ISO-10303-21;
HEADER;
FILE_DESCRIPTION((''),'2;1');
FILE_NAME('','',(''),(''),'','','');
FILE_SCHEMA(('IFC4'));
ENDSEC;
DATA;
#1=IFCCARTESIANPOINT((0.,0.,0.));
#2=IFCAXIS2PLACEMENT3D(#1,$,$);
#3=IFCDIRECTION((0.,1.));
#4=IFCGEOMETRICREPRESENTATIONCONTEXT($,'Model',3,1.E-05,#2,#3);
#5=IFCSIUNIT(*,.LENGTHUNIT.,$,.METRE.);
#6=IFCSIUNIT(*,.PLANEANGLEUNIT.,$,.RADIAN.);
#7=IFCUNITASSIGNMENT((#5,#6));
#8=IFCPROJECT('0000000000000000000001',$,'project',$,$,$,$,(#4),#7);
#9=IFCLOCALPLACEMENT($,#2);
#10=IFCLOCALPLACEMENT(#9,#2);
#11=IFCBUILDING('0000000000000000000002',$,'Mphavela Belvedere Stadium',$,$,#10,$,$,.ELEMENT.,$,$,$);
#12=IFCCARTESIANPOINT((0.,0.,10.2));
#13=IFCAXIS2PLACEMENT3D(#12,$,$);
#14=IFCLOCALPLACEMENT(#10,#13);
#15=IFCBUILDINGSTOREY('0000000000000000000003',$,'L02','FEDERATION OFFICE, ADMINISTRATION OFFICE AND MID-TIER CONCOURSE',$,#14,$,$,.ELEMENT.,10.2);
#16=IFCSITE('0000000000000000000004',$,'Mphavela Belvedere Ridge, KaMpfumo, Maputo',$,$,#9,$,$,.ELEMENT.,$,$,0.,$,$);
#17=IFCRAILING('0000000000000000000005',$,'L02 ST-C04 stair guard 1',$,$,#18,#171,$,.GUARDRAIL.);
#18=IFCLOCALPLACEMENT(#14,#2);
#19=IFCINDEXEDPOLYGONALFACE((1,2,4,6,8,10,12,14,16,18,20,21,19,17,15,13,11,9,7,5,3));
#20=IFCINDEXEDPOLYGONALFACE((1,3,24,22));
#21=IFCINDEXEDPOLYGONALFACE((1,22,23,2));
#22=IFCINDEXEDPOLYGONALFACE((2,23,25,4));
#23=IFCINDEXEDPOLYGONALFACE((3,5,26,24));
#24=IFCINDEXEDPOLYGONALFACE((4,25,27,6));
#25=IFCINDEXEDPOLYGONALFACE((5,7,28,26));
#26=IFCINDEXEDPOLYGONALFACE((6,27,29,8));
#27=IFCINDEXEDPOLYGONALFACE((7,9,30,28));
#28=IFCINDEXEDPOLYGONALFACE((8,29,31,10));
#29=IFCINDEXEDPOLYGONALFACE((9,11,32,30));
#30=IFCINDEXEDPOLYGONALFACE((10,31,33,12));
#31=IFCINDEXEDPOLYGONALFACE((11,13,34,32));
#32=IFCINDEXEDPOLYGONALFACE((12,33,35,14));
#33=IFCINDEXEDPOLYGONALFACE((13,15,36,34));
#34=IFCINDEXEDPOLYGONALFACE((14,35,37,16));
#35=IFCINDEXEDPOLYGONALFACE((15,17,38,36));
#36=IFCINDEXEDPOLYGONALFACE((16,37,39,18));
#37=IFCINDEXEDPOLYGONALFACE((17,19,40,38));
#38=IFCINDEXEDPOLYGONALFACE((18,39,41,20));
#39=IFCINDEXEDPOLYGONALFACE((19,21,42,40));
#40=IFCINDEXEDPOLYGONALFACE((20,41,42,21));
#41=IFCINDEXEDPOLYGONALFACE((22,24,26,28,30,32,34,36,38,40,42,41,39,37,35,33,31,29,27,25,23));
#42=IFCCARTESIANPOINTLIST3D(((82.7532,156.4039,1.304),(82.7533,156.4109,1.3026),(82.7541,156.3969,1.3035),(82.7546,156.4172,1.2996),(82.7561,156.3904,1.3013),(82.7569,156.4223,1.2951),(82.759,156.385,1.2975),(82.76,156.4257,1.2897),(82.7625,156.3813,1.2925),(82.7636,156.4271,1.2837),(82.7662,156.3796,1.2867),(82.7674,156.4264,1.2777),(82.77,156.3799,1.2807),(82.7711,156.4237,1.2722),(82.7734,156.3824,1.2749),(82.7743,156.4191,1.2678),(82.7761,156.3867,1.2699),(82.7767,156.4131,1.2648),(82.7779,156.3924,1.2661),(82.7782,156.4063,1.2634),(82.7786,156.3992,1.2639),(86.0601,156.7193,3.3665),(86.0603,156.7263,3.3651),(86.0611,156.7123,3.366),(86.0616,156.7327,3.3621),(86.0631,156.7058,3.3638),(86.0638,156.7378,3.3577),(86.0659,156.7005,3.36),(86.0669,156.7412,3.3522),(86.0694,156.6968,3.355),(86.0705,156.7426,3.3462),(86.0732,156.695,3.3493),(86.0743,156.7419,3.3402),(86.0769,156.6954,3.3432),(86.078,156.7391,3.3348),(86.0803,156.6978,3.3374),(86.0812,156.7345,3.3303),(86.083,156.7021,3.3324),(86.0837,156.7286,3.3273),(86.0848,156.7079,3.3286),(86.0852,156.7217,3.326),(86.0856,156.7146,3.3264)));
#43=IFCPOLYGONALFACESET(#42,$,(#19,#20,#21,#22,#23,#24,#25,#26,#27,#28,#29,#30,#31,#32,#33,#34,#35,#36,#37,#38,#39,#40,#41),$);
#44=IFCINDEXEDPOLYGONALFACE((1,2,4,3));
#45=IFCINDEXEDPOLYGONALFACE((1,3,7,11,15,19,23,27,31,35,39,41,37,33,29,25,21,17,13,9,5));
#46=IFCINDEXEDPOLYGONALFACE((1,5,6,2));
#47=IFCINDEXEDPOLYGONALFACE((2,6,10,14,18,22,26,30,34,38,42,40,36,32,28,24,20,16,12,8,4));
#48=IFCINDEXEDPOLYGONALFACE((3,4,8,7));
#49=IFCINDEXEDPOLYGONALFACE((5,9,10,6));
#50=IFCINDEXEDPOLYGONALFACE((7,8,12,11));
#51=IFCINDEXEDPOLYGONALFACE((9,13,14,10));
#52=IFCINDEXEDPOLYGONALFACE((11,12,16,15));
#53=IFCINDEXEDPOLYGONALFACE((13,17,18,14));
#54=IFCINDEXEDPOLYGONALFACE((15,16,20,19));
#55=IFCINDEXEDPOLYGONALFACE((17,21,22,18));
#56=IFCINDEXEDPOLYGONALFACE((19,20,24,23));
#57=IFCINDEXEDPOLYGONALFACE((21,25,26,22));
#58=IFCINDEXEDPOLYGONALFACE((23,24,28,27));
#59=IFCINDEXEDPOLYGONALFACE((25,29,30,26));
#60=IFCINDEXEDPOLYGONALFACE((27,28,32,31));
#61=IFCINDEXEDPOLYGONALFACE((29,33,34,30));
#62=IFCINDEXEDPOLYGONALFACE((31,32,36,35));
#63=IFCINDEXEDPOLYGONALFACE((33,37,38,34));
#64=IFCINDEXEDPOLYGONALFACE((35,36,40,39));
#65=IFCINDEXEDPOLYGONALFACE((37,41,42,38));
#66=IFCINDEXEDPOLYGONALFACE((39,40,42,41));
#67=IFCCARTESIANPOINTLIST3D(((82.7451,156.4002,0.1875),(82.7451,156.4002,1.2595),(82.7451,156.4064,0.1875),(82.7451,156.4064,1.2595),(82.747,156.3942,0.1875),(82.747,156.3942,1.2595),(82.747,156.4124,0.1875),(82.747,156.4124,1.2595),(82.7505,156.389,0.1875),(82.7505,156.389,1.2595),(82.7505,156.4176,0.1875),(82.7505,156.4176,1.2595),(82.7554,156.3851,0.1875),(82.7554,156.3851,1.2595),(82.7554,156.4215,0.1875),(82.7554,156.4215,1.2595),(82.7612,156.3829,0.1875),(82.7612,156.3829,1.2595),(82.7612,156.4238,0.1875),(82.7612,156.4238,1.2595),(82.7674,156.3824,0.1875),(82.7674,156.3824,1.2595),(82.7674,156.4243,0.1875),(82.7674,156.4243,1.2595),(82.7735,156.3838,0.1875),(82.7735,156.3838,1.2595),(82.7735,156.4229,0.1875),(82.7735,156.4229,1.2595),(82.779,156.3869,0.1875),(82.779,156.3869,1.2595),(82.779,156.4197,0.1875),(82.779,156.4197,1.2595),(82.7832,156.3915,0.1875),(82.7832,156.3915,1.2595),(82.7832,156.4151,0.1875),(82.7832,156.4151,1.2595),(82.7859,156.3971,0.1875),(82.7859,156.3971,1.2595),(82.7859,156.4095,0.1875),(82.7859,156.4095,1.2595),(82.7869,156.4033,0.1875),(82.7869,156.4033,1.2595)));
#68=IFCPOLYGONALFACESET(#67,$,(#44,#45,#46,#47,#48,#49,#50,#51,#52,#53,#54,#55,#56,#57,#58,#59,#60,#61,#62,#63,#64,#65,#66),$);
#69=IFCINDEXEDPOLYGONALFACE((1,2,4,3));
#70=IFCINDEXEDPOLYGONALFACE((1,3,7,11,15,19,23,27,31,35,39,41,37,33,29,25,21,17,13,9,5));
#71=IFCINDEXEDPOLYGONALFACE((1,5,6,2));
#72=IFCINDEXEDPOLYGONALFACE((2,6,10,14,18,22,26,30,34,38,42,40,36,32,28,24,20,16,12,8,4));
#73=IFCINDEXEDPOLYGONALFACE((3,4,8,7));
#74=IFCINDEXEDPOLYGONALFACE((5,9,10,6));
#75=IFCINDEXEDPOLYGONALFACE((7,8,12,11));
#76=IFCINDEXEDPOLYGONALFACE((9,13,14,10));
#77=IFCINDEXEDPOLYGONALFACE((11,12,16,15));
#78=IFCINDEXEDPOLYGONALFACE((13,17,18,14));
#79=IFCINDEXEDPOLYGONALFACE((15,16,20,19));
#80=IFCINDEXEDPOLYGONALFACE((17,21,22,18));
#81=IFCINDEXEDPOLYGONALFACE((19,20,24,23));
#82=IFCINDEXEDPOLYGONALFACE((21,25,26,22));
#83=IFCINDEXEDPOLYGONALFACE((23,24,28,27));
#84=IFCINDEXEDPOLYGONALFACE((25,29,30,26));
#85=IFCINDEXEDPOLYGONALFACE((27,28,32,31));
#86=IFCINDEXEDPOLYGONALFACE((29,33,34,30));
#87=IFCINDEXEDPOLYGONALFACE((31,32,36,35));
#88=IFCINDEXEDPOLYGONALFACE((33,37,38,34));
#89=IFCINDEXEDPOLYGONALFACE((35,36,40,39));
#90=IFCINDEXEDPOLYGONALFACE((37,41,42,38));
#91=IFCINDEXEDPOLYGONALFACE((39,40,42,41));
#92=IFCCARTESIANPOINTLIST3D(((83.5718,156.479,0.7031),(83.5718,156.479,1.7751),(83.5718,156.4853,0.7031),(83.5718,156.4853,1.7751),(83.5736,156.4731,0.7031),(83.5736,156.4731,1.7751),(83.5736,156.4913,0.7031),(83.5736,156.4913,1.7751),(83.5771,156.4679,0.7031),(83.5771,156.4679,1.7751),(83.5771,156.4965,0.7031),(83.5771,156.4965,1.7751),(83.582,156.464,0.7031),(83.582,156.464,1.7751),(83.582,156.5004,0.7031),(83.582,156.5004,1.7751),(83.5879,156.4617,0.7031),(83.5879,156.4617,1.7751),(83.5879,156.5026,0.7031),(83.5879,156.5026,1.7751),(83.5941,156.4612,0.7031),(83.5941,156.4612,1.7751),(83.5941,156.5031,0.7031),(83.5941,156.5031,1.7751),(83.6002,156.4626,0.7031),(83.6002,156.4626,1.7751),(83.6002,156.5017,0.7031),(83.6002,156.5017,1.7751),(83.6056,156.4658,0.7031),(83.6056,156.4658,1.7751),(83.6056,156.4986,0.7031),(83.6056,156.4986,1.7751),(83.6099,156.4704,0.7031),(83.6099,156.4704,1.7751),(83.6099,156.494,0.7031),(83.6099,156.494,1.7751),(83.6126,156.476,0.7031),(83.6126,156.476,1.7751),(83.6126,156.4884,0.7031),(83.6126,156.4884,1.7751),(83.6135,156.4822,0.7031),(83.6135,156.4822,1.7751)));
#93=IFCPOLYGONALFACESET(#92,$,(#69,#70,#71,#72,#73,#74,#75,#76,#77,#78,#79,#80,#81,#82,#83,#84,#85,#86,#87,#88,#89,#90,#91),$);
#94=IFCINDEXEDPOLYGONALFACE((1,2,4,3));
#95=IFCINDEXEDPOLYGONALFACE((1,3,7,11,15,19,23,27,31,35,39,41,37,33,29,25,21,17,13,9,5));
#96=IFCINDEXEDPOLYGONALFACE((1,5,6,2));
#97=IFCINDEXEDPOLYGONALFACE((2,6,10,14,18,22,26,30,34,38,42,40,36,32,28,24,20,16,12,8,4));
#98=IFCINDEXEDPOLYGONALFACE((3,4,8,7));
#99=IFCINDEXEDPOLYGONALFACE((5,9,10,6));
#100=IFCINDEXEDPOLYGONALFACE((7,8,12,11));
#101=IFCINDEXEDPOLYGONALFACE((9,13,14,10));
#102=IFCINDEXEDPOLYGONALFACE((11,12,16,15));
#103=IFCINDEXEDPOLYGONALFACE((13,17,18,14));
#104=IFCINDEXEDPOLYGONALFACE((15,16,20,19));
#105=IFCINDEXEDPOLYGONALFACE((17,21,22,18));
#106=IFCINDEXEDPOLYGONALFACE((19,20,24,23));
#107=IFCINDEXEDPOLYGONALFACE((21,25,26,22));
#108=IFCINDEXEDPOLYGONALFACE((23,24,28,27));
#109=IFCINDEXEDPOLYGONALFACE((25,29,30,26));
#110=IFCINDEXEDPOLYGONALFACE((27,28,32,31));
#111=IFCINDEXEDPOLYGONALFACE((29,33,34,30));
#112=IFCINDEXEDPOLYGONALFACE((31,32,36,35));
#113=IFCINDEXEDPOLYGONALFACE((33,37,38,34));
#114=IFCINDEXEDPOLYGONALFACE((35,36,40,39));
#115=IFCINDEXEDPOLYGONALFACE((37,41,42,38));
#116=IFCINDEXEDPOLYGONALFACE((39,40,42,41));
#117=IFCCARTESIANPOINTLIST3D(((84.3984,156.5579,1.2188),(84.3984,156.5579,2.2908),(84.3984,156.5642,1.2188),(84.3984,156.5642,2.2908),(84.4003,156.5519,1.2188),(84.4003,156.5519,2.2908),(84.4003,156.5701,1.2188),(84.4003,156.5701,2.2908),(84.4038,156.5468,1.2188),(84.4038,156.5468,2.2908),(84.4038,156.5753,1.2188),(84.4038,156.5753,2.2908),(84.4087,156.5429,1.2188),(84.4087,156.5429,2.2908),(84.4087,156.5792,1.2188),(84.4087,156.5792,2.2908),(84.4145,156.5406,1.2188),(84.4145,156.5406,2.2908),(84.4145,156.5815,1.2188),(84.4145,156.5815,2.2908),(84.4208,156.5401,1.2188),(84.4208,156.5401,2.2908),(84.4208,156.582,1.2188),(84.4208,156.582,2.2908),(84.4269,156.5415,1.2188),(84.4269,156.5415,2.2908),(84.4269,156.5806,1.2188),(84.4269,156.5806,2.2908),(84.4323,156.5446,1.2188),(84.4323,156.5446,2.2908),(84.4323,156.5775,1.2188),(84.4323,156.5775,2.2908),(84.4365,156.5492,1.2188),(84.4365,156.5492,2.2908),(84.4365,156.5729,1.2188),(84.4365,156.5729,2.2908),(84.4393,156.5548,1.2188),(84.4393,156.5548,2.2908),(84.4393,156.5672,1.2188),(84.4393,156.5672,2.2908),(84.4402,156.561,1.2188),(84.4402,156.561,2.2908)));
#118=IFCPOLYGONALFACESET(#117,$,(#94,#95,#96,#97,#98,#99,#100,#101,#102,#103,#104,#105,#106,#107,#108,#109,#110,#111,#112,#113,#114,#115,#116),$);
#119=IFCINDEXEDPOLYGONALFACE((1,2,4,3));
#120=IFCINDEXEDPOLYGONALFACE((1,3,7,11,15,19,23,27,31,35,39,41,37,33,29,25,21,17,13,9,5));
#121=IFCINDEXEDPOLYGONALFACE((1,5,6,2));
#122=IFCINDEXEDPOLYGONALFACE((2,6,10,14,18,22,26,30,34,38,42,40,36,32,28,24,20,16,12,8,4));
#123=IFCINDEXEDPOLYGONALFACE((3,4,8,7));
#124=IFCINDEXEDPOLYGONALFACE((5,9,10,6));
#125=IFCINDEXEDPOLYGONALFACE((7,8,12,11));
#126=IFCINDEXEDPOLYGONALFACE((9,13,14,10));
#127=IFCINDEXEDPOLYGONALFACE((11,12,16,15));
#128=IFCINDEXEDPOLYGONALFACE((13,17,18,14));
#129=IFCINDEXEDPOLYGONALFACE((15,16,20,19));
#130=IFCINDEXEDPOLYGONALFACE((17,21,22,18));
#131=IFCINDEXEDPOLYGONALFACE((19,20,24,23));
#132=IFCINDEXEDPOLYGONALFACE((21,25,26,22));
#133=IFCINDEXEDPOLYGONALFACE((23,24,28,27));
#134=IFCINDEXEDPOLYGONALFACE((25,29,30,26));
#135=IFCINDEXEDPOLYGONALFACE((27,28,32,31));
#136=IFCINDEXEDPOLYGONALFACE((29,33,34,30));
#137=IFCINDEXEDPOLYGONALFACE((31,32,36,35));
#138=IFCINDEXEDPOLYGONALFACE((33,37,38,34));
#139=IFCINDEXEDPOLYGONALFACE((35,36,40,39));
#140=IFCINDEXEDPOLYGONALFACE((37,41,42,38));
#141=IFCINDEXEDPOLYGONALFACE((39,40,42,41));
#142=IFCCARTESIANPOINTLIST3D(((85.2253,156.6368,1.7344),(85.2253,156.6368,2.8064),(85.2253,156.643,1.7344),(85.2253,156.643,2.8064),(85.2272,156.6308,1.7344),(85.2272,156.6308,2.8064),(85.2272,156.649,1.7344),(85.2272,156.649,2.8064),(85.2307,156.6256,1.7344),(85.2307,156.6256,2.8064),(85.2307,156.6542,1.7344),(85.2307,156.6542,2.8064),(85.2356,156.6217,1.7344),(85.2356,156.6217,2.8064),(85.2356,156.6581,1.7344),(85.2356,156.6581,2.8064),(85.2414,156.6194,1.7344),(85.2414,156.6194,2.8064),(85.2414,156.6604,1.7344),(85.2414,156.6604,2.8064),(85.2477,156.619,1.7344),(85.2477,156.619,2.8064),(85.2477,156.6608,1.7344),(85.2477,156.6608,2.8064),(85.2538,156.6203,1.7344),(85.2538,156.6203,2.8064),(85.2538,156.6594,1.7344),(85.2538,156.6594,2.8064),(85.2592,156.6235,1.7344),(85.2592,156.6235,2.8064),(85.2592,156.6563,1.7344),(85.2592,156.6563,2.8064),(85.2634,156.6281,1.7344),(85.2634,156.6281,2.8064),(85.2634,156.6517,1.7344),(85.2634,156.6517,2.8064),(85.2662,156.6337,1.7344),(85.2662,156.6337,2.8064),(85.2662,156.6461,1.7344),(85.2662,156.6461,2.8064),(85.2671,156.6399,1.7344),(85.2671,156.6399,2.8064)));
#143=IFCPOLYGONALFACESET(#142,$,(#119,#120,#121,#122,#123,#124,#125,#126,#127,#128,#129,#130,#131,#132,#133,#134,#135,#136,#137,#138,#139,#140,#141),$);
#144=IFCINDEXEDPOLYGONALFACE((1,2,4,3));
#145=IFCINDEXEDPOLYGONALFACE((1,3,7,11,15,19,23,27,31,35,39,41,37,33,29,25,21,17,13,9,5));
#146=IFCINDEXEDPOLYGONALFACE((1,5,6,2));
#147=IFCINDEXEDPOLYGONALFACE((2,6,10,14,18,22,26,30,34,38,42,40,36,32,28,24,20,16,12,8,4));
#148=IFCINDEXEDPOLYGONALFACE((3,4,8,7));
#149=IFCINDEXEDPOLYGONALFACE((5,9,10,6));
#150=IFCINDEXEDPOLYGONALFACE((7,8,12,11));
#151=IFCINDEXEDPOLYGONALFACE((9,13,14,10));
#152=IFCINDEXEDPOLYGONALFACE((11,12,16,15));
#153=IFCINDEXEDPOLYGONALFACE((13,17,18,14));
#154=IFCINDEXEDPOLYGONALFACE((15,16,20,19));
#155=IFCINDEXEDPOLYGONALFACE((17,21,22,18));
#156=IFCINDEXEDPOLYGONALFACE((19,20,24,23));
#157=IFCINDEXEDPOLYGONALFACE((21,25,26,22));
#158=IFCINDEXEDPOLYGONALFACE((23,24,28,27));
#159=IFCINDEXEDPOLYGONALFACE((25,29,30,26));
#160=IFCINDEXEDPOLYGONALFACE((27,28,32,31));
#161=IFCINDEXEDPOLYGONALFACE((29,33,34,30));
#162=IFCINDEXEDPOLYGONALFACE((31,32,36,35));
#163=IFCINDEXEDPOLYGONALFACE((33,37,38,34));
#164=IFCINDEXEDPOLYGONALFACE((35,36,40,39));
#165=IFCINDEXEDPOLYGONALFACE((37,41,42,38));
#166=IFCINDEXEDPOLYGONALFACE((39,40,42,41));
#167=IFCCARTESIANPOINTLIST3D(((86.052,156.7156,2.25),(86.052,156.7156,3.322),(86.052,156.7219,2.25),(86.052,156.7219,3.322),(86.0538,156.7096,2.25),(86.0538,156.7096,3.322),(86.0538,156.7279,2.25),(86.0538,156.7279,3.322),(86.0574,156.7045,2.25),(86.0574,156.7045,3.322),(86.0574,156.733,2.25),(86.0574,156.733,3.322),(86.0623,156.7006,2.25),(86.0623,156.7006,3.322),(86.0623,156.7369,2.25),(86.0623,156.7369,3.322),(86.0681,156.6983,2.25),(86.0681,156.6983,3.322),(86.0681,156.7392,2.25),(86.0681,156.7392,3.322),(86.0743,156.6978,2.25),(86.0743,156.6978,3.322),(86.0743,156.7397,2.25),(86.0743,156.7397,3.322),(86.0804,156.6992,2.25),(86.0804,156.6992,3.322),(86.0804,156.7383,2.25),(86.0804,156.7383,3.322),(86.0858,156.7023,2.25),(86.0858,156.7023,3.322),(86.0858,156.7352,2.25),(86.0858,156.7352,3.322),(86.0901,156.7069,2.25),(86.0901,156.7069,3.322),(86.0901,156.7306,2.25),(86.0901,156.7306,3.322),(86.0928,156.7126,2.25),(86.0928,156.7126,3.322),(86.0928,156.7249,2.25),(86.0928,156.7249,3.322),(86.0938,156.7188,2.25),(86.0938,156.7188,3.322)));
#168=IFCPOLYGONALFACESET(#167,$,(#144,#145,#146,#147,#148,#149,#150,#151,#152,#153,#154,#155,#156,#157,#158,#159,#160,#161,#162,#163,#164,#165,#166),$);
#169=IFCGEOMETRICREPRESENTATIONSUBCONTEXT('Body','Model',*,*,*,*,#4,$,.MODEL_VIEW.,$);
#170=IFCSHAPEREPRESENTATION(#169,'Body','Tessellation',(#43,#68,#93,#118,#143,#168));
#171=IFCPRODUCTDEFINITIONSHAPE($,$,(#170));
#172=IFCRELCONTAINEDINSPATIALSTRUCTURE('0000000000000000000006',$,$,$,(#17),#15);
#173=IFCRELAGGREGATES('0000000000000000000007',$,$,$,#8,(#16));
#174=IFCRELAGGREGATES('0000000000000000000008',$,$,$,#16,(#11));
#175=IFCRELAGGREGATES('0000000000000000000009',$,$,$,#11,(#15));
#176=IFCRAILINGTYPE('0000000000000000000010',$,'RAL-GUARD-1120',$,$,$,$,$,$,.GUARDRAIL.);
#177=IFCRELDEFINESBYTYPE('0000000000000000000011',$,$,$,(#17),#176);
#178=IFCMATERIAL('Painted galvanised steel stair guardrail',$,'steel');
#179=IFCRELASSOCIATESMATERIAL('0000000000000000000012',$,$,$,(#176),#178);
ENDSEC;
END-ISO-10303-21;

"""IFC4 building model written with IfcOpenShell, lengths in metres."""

from ifc_helpers import new_model, si_unit, direction, frame, origin, origin_2d, place, context, subcontext, project, spatial, circle, extrude, material, type_object, element, save


model = new_model("IFC4")

# Units and contexts
model_context = context("Model", 3, precision=1e-05, world=origin(), true_north=direction((0.0, 1.0)))
body_context = subcontext(model_context, "Body", "Model", "MODEL_VIEW")
ifc_project = project(units=[si_unit("LENGTHUNIT", "METRE"), si_unit("PLANEANGLEUNIT", "RADIAN")], contexts=[model_context])

# Site, building, storey
site_placement = place(None, origin())
site = spatial("IfcSite", under=ifc_project, at=site_placement, Name="Mphavela Belvedere Ridge, KaMpfumo, Maputo", CompositionType="ELEMENT", RefElevation=0.0)
building_placement = place(site_placement, origin())
building = spatial("IfcBuilding", under=site, at=building_placement, Name="Mphavela Belvedere Stadium", CompositionType="ELEMENT")
storey_placement = place(building_placement, frame((0.0, 0.0, 10.2)))
storey = spatial("IfcBuildingStorey", under=building, at=storey_placement, Name="L02", Description="FEDERATION OFFICE, ADMINISTRATION OFFICE AND MID-TIER CONCOURSE", CompositionType="ELEMENT", Elevation=10.2)

# Railing
ifc_material_1 = material(Name="Painted galvanised steel stair guardrail", Category="steel")
railing_type = type_object("IfcRailingType", Name="RAL-GUARD-1120", PredefinedType="GUARDRAIL", material=ifc_material_1)
railing_1_placement = place(storey_placement, frame((82.7659, 156.4033, 0.1875)))
element("IfcRailing", 1, at=railing_1_placement, inside=storey, type_object=railing_type, Name="L02 ST-C04 stair guard 1", PredefinedType="GUARDRAIL", context=body_context, shape_type="SweptSolid", body=[
    extrude(circle(Radius=0.0239, at=origin_2d()), frame((0.0, 0.0, 1.0962), z_axis=(0.845729, 0.08067, 0.52748), x_axis=(-0.094955, 0.995482, 0.0)), (0.0, 0.0, 1.0), 3.9102),
    extrude(circle(Radius=0.021, at=origin_2d()), origin(), (0.0, 0.0, 1.0), 1.072),
    extrude(circle(Radius=0.021, at=origin_2d()), frame((0.8267, 0.0789, 0.5156)), (0.0, 0.0, 1.0), 1.072),
    extrude(circle(Radius=0.021, at=origin_2d()), frame((1.6533, 0.1577, 1.0312)), (0.0, 0.0, 1.0), 1.072),
    extrude(circle(Radius=0.021, at=origin_2d()), frame((2.4802, 0.2366, 1.5469)), (0.0, 0.0, 1.0), 1.072),
    extrude(circle(Radius=0.021, at=origin_2d()), frame((3.3069, 0.3154, 2.0625)), (0.0, 0.0, 1.0), 1.072),
])

save(model, "model.ifc")
